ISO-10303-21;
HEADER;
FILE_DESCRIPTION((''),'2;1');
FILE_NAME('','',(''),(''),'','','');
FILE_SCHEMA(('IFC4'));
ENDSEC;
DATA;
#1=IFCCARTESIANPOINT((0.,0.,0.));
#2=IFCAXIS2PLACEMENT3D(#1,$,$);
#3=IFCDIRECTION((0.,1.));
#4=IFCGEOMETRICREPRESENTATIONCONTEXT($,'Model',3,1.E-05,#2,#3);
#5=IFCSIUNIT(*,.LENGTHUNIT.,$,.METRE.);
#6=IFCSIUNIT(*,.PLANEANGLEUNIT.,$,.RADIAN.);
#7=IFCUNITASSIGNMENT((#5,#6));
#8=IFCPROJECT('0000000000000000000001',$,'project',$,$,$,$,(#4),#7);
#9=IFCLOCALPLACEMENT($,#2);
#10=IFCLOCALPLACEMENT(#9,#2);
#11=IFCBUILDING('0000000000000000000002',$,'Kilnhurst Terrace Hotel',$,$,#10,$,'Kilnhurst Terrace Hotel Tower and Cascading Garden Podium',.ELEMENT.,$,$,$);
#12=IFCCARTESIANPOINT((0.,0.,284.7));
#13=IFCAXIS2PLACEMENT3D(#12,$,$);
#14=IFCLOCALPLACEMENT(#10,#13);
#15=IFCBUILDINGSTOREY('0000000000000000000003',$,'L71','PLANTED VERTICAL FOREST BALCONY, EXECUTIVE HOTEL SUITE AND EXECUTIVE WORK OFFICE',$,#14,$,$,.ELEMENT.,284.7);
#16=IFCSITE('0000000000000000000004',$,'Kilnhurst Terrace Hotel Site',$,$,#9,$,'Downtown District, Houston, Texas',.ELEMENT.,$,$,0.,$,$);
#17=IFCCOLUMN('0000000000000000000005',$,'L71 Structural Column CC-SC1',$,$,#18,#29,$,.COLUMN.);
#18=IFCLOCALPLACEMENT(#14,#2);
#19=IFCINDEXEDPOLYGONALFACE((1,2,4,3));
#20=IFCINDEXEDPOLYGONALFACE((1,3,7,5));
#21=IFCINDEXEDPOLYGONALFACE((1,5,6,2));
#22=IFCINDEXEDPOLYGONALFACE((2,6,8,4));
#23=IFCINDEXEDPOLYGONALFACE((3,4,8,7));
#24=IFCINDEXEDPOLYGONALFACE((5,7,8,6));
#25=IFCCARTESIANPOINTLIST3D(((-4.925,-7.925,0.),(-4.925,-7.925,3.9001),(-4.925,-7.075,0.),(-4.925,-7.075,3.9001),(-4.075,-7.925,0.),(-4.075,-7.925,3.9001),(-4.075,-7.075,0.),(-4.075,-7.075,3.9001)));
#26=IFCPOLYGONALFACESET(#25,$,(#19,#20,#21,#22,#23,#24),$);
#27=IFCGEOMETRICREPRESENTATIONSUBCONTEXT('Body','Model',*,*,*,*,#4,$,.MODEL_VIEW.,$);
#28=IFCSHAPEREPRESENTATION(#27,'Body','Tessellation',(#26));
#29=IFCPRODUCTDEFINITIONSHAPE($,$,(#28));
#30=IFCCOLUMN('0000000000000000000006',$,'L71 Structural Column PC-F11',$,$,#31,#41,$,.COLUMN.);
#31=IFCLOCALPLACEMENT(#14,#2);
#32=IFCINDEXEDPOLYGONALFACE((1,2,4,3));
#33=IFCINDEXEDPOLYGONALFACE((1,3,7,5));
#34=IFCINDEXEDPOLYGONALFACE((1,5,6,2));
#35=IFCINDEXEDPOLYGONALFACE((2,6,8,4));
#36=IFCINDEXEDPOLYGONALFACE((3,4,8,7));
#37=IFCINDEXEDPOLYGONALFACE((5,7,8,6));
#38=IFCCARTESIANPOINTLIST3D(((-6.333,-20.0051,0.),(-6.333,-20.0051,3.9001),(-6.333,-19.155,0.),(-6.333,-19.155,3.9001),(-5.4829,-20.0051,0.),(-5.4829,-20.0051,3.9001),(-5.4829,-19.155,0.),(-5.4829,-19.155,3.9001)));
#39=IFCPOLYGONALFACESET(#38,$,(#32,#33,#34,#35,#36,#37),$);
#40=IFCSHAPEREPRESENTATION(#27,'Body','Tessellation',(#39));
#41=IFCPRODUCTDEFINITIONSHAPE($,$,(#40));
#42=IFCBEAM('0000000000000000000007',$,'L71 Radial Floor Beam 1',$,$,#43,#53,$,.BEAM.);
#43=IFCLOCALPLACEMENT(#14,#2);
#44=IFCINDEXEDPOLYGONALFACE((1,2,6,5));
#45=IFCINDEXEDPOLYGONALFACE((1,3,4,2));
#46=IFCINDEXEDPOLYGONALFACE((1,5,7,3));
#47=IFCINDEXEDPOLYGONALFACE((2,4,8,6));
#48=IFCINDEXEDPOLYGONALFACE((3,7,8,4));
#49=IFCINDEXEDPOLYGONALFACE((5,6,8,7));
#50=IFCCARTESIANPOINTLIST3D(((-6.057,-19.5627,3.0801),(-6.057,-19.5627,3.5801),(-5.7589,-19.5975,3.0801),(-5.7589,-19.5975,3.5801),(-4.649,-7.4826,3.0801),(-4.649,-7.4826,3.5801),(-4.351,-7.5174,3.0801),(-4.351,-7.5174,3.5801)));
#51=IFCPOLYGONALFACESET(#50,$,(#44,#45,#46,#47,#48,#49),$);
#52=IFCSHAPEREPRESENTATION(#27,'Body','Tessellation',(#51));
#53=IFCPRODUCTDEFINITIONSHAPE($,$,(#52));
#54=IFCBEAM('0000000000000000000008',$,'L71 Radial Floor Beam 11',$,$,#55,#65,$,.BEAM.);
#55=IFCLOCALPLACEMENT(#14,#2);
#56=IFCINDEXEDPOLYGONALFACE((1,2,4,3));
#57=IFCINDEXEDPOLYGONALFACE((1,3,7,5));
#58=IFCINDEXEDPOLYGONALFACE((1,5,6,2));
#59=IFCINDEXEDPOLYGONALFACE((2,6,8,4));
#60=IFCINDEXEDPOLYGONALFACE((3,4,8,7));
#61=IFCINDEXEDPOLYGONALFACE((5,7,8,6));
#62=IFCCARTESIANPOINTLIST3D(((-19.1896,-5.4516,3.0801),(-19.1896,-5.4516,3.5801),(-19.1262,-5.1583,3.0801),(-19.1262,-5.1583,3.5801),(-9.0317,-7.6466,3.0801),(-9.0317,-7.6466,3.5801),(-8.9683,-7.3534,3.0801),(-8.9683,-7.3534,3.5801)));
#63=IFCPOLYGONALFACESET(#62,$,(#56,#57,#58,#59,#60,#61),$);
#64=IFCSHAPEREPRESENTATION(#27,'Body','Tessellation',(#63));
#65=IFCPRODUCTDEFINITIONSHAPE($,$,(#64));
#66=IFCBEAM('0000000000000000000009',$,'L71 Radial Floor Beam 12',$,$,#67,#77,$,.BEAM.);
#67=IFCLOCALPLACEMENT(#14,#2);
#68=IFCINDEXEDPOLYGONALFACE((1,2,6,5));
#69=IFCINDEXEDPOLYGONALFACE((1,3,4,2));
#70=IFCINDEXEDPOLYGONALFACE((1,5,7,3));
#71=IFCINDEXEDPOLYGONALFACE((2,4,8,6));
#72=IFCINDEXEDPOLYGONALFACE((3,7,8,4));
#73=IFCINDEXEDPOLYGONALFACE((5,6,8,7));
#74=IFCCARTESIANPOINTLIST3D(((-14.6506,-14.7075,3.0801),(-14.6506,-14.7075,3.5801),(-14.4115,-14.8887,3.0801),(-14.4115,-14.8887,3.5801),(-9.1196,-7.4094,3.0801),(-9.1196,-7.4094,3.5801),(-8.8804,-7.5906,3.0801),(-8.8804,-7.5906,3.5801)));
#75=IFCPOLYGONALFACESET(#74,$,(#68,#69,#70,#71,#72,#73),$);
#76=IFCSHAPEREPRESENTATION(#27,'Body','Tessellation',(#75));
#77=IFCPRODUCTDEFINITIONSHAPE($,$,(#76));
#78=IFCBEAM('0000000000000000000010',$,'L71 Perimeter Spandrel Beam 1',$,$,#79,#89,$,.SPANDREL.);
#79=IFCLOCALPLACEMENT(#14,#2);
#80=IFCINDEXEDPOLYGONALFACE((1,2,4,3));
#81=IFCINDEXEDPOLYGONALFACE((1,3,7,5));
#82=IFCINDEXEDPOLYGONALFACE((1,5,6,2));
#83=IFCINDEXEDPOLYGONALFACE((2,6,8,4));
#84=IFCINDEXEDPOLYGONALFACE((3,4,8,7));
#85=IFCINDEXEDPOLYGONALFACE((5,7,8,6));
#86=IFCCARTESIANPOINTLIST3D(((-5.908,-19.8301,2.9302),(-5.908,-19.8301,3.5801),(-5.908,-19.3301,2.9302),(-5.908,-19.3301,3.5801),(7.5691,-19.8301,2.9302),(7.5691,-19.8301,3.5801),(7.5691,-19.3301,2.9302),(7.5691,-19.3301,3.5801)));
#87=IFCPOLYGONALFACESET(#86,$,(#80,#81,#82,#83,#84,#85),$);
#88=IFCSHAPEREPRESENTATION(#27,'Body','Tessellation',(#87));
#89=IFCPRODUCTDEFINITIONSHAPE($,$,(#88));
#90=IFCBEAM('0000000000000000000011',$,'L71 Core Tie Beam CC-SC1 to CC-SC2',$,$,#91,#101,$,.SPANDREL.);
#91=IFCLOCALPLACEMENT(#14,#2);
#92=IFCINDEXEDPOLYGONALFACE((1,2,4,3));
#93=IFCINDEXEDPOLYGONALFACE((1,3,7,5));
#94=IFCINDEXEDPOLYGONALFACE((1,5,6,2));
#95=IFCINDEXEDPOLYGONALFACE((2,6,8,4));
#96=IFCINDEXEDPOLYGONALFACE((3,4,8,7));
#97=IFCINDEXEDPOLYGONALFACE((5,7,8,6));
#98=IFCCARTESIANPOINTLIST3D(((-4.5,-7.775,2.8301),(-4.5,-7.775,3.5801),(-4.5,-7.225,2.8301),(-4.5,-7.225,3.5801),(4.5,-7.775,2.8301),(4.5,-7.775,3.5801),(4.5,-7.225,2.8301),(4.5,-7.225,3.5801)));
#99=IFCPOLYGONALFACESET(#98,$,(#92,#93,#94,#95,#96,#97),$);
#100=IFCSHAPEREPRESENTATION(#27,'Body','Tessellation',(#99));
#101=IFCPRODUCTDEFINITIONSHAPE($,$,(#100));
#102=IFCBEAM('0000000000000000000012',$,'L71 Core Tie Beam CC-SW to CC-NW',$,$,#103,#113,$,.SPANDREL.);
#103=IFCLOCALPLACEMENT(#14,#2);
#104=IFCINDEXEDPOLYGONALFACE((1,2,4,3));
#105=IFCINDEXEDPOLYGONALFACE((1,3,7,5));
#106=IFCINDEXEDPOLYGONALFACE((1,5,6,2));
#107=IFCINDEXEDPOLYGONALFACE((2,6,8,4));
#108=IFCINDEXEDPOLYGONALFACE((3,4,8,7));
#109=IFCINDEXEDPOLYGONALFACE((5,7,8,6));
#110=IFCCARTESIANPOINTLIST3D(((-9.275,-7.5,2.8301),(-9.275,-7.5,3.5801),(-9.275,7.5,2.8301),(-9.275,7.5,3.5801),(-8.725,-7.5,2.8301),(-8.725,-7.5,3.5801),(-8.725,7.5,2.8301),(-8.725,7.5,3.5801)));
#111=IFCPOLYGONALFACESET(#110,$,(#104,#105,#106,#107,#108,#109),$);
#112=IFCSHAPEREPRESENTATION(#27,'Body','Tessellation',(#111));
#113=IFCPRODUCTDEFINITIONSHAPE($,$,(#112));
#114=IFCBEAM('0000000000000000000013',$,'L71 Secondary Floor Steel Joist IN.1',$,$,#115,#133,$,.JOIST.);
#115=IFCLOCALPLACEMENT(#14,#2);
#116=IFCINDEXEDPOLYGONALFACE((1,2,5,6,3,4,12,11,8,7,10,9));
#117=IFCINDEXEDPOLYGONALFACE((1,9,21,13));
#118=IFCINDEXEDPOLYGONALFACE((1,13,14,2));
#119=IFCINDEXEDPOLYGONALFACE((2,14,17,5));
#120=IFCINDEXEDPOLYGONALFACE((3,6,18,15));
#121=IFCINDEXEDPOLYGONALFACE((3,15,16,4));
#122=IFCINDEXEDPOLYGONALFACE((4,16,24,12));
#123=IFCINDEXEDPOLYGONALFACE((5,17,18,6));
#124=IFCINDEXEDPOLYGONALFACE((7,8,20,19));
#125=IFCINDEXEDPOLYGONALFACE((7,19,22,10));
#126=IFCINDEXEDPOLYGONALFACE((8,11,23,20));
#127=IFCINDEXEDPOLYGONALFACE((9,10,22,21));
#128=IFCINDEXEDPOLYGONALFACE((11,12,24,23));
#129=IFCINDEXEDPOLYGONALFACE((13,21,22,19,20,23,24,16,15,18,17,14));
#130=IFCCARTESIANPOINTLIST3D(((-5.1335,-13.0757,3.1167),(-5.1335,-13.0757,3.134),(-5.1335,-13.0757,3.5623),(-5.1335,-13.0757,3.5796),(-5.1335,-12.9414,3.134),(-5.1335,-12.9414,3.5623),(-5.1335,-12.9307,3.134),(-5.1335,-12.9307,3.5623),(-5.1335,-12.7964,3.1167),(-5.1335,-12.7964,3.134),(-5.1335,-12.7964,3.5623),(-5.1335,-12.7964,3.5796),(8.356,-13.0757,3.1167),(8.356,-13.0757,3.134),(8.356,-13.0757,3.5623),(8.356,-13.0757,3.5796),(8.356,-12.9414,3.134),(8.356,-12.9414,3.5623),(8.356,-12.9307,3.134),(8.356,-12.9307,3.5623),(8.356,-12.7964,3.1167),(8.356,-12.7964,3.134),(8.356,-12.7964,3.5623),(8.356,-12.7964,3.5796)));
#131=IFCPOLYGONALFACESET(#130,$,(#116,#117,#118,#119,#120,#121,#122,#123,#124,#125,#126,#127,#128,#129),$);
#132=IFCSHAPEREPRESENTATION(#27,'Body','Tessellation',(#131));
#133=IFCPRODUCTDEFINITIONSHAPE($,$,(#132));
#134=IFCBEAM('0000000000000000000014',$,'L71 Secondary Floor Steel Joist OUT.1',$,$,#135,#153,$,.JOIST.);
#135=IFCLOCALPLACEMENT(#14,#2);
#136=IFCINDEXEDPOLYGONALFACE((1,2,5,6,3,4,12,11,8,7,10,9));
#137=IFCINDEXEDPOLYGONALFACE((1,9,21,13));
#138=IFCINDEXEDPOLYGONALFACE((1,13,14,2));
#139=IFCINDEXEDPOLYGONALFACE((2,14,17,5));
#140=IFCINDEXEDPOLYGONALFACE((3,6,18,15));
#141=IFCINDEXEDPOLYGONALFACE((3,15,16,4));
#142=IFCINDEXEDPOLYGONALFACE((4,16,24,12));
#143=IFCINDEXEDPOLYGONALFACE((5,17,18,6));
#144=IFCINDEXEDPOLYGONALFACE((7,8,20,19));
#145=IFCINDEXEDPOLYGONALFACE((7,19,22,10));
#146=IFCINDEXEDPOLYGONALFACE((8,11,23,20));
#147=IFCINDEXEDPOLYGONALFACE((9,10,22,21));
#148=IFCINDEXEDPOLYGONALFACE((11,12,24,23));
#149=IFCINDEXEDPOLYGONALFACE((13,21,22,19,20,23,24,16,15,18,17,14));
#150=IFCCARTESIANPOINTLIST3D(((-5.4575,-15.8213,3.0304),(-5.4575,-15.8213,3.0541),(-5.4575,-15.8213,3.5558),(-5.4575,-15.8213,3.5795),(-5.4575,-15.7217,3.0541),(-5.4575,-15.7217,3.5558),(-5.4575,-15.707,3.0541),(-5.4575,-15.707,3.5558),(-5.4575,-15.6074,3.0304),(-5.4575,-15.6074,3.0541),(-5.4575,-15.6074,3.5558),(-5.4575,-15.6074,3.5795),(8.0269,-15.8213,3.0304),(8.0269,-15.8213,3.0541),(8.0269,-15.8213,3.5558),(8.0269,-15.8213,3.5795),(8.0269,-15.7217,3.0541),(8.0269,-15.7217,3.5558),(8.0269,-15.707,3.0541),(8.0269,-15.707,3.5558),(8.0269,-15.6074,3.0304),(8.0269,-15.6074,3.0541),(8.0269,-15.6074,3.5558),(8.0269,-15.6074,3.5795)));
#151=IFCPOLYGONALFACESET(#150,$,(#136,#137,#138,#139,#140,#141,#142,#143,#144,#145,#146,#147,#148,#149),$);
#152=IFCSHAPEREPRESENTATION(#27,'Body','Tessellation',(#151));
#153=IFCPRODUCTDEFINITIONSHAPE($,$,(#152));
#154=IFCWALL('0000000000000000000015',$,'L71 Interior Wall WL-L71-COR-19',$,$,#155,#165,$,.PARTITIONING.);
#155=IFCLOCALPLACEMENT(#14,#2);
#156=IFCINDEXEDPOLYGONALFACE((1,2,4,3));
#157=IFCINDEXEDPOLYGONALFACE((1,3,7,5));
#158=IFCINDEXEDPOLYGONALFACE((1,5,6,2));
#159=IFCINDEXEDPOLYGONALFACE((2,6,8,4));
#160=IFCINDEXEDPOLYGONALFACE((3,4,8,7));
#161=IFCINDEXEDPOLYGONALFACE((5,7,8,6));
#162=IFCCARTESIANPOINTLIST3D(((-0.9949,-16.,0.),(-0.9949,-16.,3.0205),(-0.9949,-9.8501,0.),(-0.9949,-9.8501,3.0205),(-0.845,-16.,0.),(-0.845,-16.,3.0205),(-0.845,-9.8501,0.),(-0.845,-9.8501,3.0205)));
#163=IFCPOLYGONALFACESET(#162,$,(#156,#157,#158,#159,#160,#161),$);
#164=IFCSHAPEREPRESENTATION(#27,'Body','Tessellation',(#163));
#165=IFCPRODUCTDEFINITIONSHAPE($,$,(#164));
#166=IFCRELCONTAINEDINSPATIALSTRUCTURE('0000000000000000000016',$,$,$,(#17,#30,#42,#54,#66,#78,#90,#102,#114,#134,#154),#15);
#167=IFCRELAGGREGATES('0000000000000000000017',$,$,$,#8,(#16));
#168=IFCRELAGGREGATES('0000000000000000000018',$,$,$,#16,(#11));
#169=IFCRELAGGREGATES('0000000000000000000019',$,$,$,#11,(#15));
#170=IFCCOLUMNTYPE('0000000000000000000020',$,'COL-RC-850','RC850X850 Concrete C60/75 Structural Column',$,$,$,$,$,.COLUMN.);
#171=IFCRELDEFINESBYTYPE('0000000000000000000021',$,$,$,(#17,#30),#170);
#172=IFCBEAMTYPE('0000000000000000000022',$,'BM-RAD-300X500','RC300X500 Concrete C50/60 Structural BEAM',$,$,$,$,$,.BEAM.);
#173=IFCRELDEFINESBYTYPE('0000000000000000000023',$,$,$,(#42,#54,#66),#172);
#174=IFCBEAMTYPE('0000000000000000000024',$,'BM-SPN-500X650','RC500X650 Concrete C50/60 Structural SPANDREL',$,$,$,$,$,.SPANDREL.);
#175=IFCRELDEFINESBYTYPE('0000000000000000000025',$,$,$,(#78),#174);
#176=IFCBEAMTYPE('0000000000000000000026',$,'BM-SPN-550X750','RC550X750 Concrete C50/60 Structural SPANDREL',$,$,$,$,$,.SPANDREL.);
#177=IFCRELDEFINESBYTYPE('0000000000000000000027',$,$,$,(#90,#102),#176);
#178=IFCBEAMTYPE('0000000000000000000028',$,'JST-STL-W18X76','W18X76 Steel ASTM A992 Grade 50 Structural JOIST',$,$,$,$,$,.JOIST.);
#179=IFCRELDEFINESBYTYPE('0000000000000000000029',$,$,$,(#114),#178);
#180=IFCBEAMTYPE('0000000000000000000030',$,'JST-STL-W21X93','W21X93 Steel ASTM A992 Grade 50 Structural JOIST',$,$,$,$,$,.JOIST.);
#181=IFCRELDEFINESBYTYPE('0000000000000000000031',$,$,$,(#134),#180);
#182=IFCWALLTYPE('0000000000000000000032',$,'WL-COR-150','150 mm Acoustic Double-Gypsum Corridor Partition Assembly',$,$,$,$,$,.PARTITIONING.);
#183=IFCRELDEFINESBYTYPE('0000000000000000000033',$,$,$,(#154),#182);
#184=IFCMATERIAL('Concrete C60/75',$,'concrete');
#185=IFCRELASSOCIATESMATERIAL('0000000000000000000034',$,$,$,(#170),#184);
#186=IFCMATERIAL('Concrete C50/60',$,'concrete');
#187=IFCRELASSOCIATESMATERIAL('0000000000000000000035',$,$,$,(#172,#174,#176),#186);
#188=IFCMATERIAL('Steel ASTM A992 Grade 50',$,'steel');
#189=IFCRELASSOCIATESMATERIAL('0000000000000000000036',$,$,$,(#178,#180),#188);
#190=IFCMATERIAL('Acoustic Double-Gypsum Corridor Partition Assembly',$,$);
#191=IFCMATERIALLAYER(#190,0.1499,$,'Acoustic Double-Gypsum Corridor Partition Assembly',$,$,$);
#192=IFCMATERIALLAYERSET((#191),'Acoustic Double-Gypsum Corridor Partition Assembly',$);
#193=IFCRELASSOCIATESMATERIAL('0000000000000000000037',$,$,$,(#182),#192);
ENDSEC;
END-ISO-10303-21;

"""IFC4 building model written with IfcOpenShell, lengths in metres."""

from ifc_helpers import new_model, si_unit, direction, frame, frame_2d, origin, origin_2d, place, context, subcontext, project, spatial, rectangle, i_section, extrude, material, layer, layer_set, material_profile, profile_set, type_object, element, save


model = new_model("IFC4")

# Units and contexts
model_context = context("Model", 3, precision=1e-05, world=origin(), true_north=direction((0.0, 1.0)))
body_context = subcontext(model_context, "Body", "Model", "MODEL_VIEW")
ifc_project = project(units=[si_unit("LENGTHUNIT", "METRE"), si_unit("PLANEANGLEUNIT", "RADIAN")], contexts=[model_context])

# Site, building, storey
site_placement = place(None, origin())
site = spatial("IfcSite", under=ifc_project, at=site_placement, Name="Kilnhurst Terrace Hotel Site", LongName="Downtown District, Houston, Texas", CompositionType="ELEMENT", RefElevation=0.0)
building_placement = place(site_placement, origin())
building = spatial("IfcBuilding", under=site, at=building_placement, Name="Kilnhurst Terrace Hotel", LongName="Kilnhurst Terrace Hotel Tower and Cascading Garden Podium", CompositionType="ELEMENT")
storey_placement = place(building_placement, frame((0.0, 0.0, 284.7)))
storey = spatial("IfcBuildingStorey", under=building, at=storey_placement, Name="L71", Description="PLANTED VERTICAL FOREST BALCONY, EXECUTIVE HOTEL SUITE AND EXECUTIVE WORK OFFICE", CompositionType="ELEMENT", Elevation=284.7)

# Columns
ifc_material_1 = material(Name="Concrete C60/75", Category="concrete")
ifc_material_profile_1 = material_profile(ifc_material_1, rectangle(XDim=0.8501, YDim=0.8501, at=origin_2d()), Name="RC850X850")
ifc_profile_set_1 = profile_set([ifc_material_profile_1], Name="Concrete C60/75")
column_type = type_object("IfcColumnType", Name="COL-RC-850", Description="RC850X850 Concrete C60/75 Structural Column", PredefinedType="COLUMN", material=ifc_profile_set_1)
for number, where, z_axis, x_axis, name in (
    (1, (-4.5, -7.5, 0.0), (0.0, 0.0, 1.0), (1.0, 0.0, 0.0), "L71 Structural Column CC-SC1"),
    (2, (-5.908, -19.5801, 0.0), (0.0, 0.0, 1.0), (1.0, 0.0, 0.0), "L71 Structural Column PC-F11"),
):
    element("IfcColumn", number, at=place(storey_placement, frame(where, z_axis=z_axis, x_axis=x_axis)), inside=storey, type_object=column_type, Name=name, PredefinedType="COLUMN", context=body_context, shape_type="SweptSolid", body=[
        extrude(rectangle(XDim=0.8501, YDim=0.8501, at=origin_2d()), origin(), (0.0, 0.0, 1.0), 3.9001),
    ])

# Beams
ifc_material_2 = material(Name="Concrete C50/60", Category="concrete")
ifc_material_profile_2 = material_profile(ifc_material_2, rectangle(XDim=0.3, YDim=0.5, at=origin_2d()), Name="RC300X500")
ifc_profile_set_2 = profile_set([ifc_material_profile_2], Name="Concrete C50/60")
beam_type_1 = type_object("IfcBeamType", Name="BM-RAD-300X500", Description="RC300X500 Concrete C50/60 Structural BEAM", PredefinedType="BEAM", material=ifc_profile_set_2)
beam_1_placement = place(storey_placement, frame((-4.5, -7.5, 3.3301), z_axis=(-0.115768, -0.993276, 0.0), x_axis=(0.993276, -0.115768, 0.0)))
element("IfcBeam", 3, at=beam_1_placement, inside=storey, type_object=beam_type_1, Name="L71 Radial Floor Beam 1", PredefinedType="BEAM", context=body_context, shape_type="SweptSolid", body=[
    extrude(rectangle(XDim=0.3, YDim=0.5, at=origin_2d()), origin(), (0.0, 0.0, 1.0), 12.1619),
])
beam_2_placement = place(storey_placement, frame((-9.0, -7.5, 3.3301), z_axis=(-0.977439, 0.211218, 0.0), x_axis=(-0.211218, -0.977439, 0.0)))
element("IfcBeam", 4, at=beam_2_placement, inside=storey, type_object=beam_type_1, Name="L71 Radial Floor Beam 11", PredefinedType="BEAM", context=body_context, shape_type="SweptSolid", body=[
    extrude(rectangle(XDim=0.3, YDim=0.5, at=origin_2d()), origin(), (0.0, 0.0, 1.0), 10.3923),
])
beam_3_placement = place(storey_placement, frame((-9.0, -7.5, 3.3301), z_axis=(-0.604007, -0.796979, 0.0), x_axis=(0.796979, -0.604007, 0.0)))
element("IfcBeam", 5, at=beam_3_placement, inside=storey, type_object=beam_type_1, Name="L71 Radial Floor Beam 12", PredefinedType="BEAM", context=body_context, shape_type="SweptSolid", body=[
    extrude(rectangle(XDim=0.3, YDim=0.5, at=origin_2d()), origin(), (0.0, 0.0, 1.0), 9.1572),
])
ifc_material_profile_3 = material_profile(ifc_material_2, rectangle(XDim=0.5, YDim=0.6499, at=origin_2d()), Name="RC500X650")
ifc_profile_set_3 = profile_set([ifc_material_profile_3], Name="Concrete C50/60")
beam_type_2 = type_object("IfcBeamType", Name="BM-SPN-500X650", Description="RC500X650 Concrete C50/60 Structural SPANDREL", PredefinedType="SPANDREL", material=ifc_profile_set_3)
beam_4_placement = place(storey_placement, frame((-5.908, -19.5801, 3.2551), z_axis=(1.0, 0.0, 0.0), x_axis=(0.0, 1.0, 0.0)))
element("IfcBeam", 6, at=beam_4_placement, inside=storey, type_object=beam_type_2, Name="L71 Perimeter Spandrel Beam 1", PredefinedType="SPANDREL", context=body_context, shape_type="SweptSolid", body=[
    extrude(rectangle(XDim=0.5, YDim=0.6499, at=origin_2d()), origin(), (0.0, 0.0, 1.0), 13.4771),
])
ifc_material_profile_4 = material_profile(ifc_material_2, rectangle(XDim=0.55, YDim=0.75, at=origin_2d()), Name="RC550X750")
ifc_profile_set_4 = profile_set([ifc_material_profile_4], Name="Concrete C50/60")
beam_type_3 = type_object("IfcBeamType", Name="BM-SPN-550X750", Description="RC550X750 Concrete C50/60 Structural SPANDREL", PredefinedType="SPANDREL", material=ifc_profile_set_4)
beam_5_placement = place(storey_placement, frame((-4.5, -7.5, 3.2051), z_axis=(1.0, 0.0, 0.0), x_axis=(0.0, 1.0, 0.0)))
element("IfcBeam", 7, at=beam_5_placement, inside=storey, type_object=beam_type_3, Name="L71 Core Tie Beam CC-SC1 to CC-SC2", PredefinedType="SPANDREL", context=body_context, shape_type="SweptSolid", body=[
    extrude(rectangle(XDim=0.55, YDim=0.75, at=origin_2d()), origin(), (0.0, 0.0, 1.0), 9.0),
])
beam_6_placement = place(storey_placement, frame((-9.0, -7.5, 3.2051), z_axis=(0.0, 1.0, 0.0), x_axis=(-1.0, 0.0, 0.0)))
element("IfcBeam", 8, at=beam_6_placement, inside=storey, type_object=beam_type_3, Name="L71 Core Tie Beam CC-SW to CC-NW", PredefinedType="SPANDREL", context=body_context, shape_type="SweptSolid", body=[
    extrude(rectangle(XDim=0.55, YDim=0.75, at=origin_2d()), origin(), (0.0, 0.0, 1.0), 15.0),
])
ifc_material_3 = material(Name="Steel ASTM A992 Grade 50", Category="steel")
ifc_material_profile_5 = material_profile(ifc_material_3, i_section(OverallWidth=0.2793, OverallDepth=0.4629, WebThickness=0.0107, FlangeThickness=0.0173, at=origin_2d()), Name="W18X76")
ifc_profile_set_5 = profile_set([ifc_material_profile_5], Name="Steel ASTM A992 Grade 50")
beam_type_4 = type_object("IfcBeamType", Name="JST-STL-W18X76", Description="W18X76 Steel ASTM A992 Grade 50 Structural JOIST", PredefinedType="JOIST", material=ifc_profile_set_5)
beam_7_placement = place(storey_placement, frame((-5.1335, -12.936, 3.3481), z_axis=(1.0, 0.0, 0.0), x_axis=(0.0, 1.0, 0.0)))
element("IfcBeam", 9, at=beam_7_placement, inside=storey, type_object=beam_type_4, Name="L71 Secondary Floor Steel Joist IN.1", PredefinedType="JOIST", context=body_context, shape_type="SweptSolid", body=[
    extrude(i_section(OverallWidth=0.2793, OverallDepth=0.4629, WebThickness=0.0107, FlangeThickness=0.0173, at=origin_2d()), origin(), (0.0, 0.0, 1.0), 13.4895),
])
ifc_material_profile_6 = material_profile(ifc_material_3, i_section(OverallWidth=0.2139, OverallDepth=0.5491, WebThickness=0.0146, FlangeThickness=0.0237, at=origin_2d()), Name="W21X93")
ifc_profile_set_6 = profile_set([ifc_material_profile_6], Name="Steel ASTM A992 Grade 50")
beam_type_5 = type_object("IfcBeamType", Name="JST-STL-W21X93", Description="W21X93 Steel ASTM A992 Grade 50 Structural JOIST", PredefinedType="JOIST", material=ifc_profile_set_6)
beam_8_placement = place(storey_placement, frame((-5.4575, -15.7144, 3.3049), z_axis=(1.0, 0.0, 0.0), x_axis=(0.0, 1.0, 0.0)))
element("IfcBeam", 10, at=beam_8_placement, inside=storey, type_object=beam_type_5, Name="L71 Secondary Floor Steel Joist OUT.1", PredefinedType="JOIST", context=body_context, shape_type="SweptSolid", body=[
    extrude(i_section(OverallWidth=0.2139, OverallDepth=0.5491, WebThickness=0.0146, FlangeThickness=0.0237, at=origin_2d()), origin(), (0.0, 0.0, 1.0), 13.4844),
])

# Wall
ifc_material_4 = material(Name="Acoustic Double-Gypsum Corridor Partition Assembly")
ifc_layer_1 = layer(ifc_material_4, 0.1499, Name="Acoustic Double-Gypsum Corridor Partition Assembly")
ifc_layer_set_1 = layer_set([ifc_layer_1], Name="Acoustic Double-Gypsum Corridor Partition Assembly")
wall_type_1 = type_object("IfcWallType", Name="WL-COR-150", Description="150 mm Acoustic Double-Gypsum Corridor Partition Assembly", PredefinedType="PARTITIONING", material=ifc_layer_set_1)
wall_1_placement = place(storey_placement, frame((-0.9199, -16.0, 0.0), z_axis=(0.0, 0.0, 1.0), x_axis=(0.0, 1.0, 0.0)))
element("IfcWall", 11, at=wall_1_placement, inside=storey, type_object=wall_type_1, Name="L71 Interior Wall WL-L71-COR-19", PredefinedType="PARTITIONING", context=body_context, shape_type="SweptSolid", body=[
    extrude(rectangle(XDim=6.1499, YDim=0.1499, at=frame_2d((3.075, 0.0))), origin(), (0.0, 0.0, 1.0), 3.0205),
])

save(model, "model.ifc")
